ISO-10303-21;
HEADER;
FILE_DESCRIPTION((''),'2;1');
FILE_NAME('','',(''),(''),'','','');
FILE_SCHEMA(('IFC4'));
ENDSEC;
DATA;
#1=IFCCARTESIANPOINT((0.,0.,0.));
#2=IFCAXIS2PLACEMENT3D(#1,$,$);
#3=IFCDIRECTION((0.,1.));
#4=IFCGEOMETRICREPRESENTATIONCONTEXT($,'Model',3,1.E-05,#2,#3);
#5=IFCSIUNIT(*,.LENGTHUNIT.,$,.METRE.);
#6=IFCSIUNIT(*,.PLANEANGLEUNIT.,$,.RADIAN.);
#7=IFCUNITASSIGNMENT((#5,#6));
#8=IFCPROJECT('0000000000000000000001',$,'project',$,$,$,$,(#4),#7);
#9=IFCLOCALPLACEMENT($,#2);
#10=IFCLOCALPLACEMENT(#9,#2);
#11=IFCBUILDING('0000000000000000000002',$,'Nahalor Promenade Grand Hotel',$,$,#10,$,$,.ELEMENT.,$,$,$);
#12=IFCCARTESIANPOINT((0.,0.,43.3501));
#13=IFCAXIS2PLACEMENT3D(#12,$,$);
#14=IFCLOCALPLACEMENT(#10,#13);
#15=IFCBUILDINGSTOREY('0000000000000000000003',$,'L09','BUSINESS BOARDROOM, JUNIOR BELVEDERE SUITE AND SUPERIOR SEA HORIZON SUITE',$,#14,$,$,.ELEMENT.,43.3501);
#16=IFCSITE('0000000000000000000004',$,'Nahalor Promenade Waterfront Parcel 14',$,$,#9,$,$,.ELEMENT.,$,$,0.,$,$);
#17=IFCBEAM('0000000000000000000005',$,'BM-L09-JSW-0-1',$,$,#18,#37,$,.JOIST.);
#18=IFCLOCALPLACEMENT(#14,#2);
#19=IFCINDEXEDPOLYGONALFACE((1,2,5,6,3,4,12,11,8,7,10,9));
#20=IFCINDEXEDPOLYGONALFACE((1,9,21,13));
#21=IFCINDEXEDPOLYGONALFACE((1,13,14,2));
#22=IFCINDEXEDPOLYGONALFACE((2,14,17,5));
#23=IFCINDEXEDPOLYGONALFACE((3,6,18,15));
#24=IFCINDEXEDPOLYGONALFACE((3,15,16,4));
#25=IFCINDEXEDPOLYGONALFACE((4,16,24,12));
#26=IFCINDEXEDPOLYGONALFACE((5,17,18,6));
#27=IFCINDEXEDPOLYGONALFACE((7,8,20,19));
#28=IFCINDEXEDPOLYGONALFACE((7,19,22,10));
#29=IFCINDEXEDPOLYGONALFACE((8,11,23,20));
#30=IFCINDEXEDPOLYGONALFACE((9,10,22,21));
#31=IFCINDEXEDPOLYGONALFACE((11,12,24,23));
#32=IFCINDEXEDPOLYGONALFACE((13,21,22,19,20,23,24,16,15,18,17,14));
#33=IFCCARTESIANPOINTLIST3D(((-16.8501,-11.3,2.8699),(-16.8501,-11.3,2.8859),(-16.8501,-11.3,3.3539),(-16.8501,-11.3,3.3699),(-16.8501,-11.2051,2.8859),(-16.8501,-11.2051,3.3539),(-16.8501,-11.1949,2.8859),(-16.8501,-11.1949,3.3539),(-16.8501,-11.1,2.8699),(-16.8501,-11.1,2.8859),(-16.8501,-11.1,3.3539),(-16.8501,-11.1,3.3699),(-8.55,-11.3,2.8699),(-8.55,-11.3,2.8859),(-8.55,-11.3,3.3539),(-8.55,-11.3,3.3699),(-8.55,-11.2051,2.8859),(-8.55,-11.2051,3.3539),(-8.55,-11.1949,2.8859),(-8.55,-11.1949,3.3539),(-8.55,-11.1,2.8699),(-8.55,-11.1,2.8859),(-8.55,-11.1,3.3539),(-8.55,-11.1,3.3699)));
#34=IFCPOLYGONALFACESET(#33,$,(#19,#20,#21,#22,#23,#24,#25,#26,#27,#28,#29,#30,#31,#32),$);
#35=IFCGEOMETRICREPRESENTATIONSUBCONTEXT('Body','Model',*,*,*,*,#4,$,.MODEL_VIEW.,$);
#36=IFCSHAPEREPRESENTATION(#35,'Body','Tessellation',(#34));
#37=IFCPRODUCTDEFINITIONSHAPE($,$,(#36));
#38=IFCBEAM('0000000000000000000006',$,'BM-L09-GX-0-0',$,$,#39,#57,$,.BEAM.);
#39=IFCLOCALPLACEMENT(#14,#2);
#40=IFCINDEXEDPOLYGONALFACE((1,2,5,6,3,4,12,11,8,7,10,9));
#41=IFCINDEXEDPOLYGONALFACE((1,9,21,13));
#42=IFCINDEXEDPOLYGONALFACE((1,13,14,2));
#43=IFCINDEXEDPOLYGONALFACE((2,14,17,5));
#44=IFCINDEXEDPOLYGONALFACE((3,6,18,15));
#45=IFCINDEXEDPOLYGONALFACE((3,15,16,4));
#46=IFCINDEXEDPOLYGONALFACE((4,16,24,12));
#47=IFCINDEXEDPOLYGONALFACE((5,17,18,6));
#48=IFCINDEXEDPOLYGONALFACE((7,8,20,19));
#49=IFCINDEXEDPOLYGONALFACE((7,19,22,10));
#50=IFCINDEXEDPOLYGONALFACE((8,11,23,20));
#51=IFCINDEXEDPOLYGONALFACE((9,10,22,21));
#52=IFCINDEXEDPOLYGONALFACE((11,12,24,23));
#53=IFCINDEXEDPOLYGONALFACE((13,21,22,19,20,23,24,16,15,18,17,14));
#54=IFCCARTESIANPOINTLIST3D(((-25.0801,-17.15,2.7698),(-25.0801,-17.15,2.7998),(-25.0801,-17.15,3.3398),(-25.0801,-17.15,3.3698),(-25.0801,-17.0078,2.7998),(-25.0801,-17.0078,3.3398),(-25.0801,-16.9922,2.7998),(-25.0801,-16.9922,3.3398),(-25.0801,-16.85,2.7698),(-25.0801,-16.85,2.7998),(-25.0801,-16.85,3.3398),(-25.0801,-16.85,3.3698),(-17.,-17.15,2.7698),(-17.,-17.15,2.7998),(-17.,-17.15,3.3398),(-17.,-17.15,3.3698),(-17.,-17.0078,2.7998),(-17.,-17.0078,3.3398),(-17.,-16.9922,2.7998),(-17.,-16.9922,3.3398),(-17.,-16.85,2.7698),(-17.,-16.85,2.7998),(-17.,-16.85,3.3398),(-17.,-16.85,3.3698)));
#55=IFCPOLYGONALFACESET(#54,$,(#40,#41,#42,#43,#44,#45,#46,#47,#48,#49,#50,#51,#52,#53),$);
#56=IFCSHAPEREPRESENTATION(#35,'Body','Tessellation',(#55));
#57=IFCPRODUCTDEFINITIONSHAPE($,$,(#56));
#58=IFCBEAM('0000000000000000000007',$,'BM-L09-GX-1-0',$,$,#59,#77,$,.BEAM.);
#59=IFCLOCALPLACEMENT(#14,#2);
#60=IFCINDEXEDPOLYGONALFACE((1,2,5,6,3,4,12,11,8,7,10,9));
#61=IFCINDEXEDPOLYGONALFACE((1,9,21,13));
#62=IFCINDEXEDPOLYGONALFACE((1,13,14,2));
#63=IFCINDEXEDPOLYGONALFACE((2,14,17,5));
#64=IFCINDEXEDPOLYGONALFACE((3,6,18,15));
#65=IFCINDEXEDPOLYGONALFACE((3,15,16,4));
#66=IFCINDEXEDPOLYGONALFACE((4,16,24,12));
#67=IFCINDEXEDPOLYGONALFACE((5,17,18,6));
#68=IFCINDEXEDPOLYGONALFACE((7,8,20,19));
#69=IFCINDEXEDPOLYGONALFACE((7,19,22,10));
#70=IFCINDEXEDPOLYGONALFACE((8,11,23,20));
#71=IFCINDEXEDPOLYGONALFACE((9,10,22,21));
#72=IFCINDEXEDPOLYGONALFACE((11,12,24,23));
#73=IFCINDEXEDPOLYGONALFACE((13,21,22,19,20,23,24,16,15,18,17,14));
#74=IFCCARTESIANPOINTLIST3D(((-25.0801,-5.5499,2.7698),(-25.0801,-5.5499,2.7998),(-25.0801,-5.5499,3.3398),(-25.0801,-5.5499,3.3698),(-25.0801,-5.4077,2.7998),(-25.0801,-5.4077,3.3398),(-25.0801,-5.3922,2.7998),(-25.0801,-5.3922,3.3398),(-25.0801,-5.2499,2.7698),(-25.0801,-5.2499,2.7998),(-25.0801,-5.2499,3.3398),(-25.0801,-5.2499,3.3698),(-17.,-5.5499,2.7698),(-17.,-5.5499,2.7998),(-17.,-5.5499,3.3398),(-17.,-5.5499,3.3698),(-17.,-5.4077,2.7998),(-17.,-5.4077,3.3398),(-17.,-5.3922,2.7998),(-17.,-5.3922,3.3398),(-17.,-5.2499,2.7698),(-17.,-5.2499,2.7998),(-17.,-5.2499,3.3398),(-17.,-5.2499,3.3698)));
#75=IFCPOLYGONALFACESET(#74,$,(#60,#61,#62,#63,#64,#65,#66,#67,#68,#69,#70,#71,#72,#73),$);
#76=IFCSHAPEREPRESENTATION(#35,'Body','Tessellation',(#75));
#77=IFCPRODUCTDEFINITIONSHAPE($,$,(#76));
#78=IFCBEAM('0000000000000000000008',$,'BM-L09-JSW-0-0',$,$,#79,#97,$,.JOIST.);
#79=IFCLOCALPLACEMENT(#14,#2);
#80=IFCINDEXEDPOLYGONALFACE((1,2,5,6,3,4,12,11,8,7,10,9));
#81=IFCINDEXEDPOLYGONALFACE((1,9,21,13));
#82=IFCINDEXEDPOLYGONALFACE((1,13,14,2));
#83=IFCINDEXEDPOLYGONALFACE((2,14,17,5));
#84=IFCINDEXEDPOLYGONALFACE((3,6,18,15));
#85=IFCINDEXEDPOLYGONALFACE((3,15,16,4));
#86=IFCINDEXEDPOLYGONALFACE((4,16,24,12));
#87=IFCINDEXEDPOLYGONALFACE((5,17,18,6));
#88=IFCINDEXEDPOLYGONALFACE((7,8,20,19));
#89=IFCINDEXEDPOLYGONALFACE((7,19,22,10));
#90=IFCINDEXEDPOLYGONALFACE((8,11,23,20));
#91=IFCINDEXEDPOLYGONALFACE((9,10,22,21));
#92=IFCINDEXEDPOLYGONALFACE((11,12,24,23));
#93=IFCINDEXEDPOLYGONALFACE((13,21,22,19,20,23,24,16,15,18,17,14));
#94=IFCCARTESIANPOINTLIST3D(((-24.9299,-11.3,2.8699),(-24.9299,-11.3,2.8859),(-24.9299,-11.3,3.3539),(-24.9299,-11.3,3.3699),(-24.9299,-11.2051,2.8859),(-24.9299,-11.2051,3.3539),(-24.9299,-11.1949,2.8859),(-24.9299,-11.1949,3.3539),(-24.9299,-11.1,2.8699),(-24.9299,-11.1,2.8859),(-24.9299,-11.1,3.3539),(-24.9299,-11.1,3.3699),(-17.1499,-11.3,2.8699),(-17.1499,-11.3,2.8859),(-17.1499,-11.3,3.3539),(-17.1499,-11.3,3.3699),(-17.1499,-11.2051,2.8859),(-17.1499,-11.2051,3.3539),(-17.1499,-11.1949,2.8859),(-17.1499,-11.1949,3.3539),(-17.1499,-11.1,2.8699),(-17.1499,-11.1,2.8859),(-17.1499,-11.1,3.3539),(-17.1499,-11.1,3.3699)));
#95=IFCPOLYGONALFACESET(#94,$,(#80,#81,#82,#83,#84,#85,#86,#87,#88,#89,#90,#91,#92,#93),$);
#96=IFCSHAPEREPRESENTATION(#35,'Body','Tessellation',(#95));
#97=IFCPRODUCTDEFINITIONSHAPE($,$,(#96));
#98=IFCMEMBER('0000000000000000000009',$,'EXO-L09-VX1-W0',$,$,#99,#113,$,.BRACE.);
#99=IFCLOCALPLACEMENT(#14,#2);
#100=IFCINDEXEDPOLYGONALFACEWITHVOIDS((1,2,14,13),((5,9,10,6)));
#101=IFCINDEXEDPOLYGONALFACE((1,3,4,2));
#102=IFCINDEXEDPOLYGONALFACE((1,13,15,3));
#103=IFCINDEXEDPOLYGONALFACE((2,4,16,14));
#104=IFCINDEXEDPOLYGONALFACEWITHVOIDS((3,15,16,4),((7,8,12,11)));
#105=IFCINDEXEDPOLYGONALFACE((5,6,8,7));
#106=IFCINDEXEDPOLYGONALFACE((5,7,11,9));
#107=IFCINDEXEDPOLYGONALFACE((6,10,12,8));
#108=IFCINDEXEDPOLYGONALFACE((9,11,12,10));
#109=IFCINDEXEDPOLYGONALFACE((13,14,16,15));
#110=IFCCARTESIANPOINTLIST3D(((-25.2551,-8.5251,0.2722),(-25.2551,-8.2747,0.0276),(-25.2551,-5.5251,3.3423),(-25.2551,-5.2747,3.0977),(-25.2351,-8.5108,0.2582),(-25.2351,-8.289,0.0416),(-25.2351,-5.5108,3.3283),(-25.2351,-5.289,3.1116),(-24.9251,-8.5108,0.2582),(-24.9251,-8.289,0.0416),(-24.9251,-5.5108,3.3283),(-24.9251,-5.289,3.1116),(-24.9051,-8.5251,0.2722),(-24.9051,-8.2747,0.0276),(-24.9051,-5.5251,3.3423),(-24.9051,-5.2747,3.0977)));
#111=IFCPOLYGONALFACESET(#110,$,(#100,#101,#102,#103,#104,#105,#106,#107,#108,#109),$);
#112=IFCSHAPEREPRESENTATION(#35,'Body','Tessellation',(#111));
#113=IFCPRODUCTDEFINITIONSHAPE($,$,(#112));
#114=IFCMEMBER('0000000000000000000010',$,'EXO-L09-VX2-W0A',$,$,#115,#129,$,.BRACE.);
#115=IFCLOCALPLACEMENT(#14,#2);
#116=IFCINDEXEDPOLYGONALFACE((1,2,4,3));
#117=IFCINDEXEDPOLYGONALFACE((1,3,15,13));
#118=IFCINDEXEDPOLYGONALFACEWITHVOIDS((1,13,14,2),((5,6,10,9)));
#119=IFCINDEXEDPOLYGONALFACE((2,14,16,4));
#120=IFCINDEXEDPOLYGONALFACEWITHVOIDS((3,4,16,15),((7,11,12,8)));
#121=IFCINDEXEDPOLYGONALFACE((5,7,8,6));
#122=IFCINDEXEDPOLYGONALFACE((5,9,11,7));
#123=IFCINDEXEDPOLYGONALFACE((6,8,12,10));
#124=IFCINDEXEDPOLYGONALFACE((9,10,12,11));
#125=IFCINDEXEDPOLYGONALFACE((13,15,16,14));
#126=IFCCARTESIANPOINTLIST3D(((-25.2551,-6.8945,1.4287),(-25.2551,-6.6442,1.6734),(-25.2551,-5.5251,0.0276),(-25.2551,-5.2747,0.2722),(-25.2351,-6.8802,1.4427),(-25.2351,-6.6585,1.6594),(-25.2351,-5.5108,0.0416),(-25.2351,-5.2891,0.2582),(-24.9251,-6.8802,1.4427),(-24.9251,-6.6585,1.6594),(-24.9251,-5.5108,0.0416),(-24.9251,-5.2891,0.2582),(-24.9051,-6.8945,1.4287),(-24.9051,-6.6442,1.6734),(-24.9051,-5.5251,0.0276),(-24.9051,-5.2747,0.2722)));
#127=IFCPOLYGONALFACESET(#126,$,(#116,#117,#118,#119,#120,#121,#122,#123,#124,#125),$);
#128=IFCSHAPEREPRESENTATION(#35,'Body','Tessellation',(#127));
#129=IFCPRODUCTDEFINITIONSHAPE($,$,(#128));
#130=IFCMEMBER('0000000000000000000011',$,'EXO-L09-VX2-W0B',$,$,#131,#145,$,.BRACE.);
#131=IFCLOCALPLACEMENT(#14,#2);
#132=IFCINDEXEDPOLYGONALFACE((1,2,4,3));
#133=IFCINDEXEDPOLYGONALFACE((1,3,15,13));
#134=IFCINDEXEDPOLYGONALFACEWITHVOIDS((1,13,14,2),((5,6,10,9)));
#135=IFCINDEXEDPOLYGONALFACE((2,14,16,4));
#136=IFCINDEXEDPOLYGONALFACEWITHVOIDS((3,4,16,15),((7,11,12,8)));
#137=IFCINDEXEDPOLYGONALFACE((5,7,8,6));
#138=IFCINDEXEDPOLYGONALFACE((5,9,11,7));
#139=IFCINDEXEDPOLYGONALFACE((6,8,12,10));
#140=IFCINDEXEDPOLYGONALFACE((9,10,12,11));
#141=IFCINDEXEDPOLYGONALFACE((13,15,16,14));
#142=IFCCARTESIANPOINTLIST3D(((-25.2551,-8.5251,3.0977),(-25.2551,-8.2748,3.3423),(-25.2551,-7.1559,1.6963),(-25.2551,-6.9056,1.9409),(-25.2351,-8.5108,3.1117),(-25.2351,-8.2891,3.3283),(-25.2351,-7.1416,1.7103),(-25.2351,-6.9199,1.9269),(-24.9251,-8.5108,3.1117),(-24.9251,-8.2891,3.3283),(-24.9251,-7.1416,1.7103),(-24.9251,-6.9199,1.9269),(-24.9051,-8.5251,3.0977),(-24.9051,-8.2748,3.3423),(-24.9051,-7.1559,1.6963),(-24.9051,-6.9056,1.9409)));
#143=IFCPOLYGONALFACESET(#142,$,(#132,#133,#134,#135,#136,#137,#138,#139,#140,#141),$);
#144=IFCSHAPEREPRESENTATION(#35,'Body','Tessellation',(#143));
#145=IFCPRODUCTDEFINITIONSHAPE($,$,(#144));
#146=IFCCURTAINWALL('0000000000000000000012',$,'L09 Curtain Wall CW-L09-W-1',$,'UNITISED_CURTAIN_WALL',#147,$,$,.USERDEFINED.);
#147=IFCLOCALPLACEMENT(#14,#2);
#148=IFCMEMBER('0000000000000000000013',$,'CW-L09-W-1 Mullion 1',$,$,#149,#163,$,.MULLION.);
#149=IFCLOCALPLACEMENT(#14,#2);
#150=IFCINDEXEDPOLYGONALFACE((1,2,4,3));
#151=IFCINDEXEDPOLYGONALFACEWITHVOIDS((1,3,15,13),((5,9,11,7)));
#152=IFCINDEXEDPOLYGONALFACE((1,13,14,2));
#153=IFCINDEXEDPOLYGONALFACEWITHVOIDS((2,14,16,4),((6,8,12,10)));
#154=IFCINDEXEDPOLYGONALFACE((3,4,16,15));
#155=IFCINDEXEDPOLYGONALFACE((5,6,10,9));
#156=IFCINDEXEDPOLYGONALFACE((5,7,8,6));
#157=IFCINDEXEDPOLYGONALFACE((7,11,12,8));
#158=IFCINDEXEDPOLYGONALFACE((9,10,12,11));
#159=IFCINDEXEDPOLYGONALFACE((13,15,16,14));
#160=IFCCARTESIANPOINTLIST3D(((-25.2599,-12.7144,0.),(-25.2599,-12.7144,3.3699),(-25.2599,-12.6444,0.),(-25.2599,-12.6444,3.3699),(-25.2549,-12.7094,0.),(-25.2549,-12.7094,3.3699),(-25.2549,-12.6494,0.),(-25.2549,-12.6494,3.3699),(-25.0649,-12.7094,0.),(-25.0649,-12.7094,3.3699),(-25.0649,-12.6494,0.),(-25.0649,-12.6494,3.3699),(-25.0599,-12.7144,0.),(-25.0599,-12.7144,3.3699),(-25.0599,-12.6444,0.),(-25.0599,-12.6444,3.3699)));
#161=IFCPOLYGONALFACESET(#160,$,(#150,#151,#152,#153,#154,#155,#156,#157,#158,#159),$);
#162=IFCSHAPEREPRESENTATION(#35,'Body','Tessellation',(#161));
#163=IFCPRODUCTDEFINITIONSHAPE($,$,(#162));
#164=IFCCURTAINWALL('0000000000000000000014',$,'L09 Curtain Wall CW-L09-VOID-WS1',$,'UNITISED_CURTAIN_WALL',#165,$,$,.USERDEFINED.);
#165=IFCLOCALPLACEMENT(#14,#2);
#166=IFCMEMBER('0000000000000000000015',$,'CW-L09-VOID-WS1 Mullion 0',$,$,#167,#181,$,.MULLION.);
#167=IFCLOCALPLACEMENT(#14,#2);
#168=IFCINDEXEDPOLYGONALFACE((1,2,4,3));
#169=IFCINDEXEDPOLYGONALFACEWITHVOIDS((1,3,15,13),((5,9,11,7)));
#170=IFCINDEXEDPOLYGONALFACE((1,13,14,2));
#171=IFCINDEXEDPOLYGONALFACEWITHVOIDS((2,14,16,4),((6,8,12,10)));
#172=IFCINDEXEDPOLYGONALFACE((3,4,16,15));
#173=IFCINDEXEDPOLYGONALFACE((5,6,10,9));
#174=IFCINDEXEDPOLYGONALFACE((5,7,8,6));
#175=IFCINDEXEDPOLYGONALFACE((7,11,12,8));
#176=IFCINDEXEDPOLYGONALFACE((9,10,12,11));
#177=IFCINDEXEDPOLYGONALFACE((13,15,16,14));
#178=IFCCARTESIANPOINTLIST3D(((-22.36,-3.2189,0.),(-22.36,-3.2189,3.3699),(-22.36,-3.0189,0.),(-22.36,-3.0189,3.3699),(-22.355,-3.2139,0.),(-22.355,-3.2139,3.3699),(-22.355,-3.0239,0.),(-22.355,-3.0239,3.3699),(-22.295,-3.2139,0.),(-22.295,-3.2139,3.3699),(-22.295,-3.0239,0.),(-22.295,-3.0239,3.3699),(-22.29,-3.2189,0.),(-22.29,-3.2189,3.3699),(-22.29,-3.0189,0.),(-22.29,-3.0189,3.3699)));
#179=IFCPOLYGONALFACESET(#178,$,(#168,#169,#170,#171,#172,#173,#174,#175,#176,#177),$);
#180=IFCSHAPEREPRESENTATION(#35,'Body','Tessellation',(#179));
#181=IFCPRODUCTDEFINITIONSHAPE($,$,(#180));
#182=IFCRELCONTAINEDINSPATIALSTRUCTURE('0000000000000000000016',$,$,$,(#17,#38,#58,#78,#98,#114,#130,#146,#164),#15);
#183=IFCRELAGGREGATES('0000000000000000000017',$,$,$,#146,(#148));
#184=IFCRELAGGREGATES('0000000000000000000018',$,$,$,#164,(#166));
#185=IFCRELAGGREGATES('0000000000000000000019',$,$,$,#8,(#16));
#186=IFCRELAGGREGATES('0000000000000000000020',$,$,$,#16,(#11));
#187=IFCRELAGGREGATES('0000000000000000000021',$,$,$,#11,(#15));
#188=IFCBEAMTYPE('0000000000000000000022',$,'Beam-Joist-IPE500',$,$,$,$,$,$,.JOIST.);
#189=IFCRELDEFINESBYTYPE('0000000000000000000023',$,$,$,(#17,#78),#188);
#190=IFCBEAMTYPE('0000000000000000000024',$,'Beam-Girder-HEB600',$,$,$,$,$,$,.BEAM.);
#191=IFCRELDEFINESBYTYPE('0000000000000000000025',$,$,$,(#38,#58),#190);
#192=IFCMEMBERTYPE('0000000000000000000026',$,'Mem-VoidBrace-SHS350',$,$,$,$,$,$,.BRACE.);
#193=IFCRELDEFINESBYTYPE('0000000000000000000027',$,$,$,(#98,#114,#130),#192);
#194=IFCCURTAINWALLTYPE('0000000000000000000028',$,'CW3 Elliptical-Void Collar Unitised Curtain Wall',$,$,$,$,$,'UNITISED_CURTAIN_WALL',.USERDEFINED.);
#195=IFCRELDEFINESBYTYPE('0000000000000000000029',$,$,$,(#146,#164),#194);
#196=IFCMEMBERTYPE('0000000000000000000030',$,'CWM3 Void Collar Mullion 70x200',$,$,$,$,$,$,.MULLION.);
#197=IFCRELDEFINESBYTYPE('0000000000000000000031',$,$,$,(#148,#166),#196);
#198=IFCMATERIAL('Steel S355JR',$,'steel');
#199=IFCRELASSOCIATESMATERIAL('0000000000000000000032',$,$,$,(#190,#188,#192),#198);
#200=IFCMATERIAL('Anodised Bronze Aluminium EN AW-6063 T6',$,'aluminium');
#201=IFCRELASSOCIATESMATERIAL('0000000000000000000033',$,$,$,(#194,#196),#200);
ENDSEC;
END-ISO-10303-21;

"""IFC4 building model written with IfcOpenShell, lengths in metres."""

from ifc_helpers import new_model, si_unit, direction, frame, origin, origin_2d, place, context, subcontext, project, spatial, hollow_rectangle, i_section, extrude, source, transform, mapped, material, material_profile, profile_set, type_object, element, aggregate, save


model = new_model("IFC4")

# Units and contexts
model_context = context("Model", 3, precision=1e-05, world=origin(), true_north=direction((0.0, 1.0)))
body_context = subcontext(model_context, "Body", "Model", "MODEL_VIEW")
ifc_project = project(units=[si_unit("LENGTHUNIT", "METRE"), si_unit("PLANEANGLEUNIT", "RADIAN")], contexts=[model_context])

# Site, building, storey
site_placement = place(None, origin())
site = spatial("IfcSite", under=ifc_project, at=site_placement, Name="Nahalor Promenade Waterfront Parcel 14", CompositionType="ELEMENT", RefElevation=0.0)
building_placement = place(site_placement, origin())
building = spatial("IfcBuilding", under=site, at=building_placement, Name="Nahalor Promenade Grand Hotel", CompositionType="ELEMENT")
storey_placement = place(building_placement, frame((0.0, 0.0, 43.3501)))
storey = spatial("IfcBuildingStorey", under=building, at=storey_placement, Name="L09", Description="BUSINESS BOARDROOM, JUNIOR BELVEDERE SUITE AND SUPERIOR SEA HORIZON SUITE", CompositionType="ELEMENT", Elevation=43.3501)

# Beams
ifc_material_1 = material(Name="Steel S355JR", Category="steel")
ifc_material_profile_1 = material_profile(ifc_material_1, i_section(OverallWidth=0.3, OverallDepth=0.6, WebThickness=0.0155, FlangeThickness=0.03, at=origin_2d()), Name="HEB 600")
ifc_profile_set_1 = profile_set([ifc_material_profile_1], Name="Steel S355JR")
beam_type_1 = type_object("IfcBeamType", Name="Beam-Girder-HEB600", PredefinedType="BEAM", material=ifc_profile_set_1)
ifc_material_profile_2 = material_profile(ifc_material_1, i_section(OverallWidth=0.2, OverallDepth=0.5, WebThickness=0.0102, FlangeThickness=0.016, at=origin_2d()), Name="IPE 500")
ifc_profile_set_2 = profile_set([ifc_material_profile_2], Name="Steel S355JR")
beam_type_2 = type_object("IfcBeamType", Name="Beam-Joist-IPE500", PredefinedType="JOIST", material=ifc_profile_set_2)
shared_shape_1 = source(origin(), body_context, "Body", "SweptSolid", [
    extrude(i_section(OverallWidth=0.2, OverallDepth=0.5, WebThickness=0.0102, FlangeThickness=0.016, at=origin_2d()), origin(), (0.0, 0.0, 1.0), 8.3),
])
beam_1_placement = place(storey_placement, frame((-16.8501, -11.2, 3.1199), z_axis=(1.0, 0.0, 0.0), x_axis=(0.0, 1.0, 0.0)))
element("IfcBeam", 1, at=beam_1_placement, inside=storey, type_object=beam_type_2, Name="BM-L09-JSW-0-1", PredefinedType="JOIST", context=body_context, shape_type="MappedRepresentation", body=[
    mapped(shared_shape_1, transform((0.0, 0.0, 0.0), scale=1.0)),
])
shared_shape_2 = source(origin(), body_context, "Body", "SweptSolid", [
    extrude(i_section(OverallWidth=0.3, OverallDepth=0.6, WebThickness=0.0155, FlangeThickness=0.03, at=origin_2d()), origin(), (0.0, 0.0, 1.0), 8.0801),
])
for number, where, z_axis, x_axis, name in (
    (2, (-25.0801, -17.0, 3.0698), (1.0, 0.0, 0.0), (0.0, 1.0, 0.0), "BM-L09-GX-0-0"),
    (3, (-25.0801, -5.3999, 3.0698), (1.0, 0.0, 0.0), (0.0, 1.0, 0.0), "BM-L09-GX-1-0"),
):
    element("IfcBeam", number, at=place(storey_placement, frame(where, z_axis=z_axis, x_axis=x_axis)), inside=storey, type_object=beam_type_1, Name=name, PredefinedType="BEAM", context=body_context, shape_type="MappedRepresentation", body=[
        mapped(shared_shape_2, transform((0.0, 0.0, 0.0), scale=1.0)),
    ])
shared_shape_3 = source(origin(), body_context, "Body", "SweptSolid", [
    extrude(i_section(OverallWidth=0.2, OverallDepth=0.5, WebThickness=0.0102, FlangeThickness=0.016, at=origin_2d()), origin(), (0.0, 0.0, 1.0), 7.78),
])
beam_2_placement = place(storey_placement, frame((-24.9299, -11.2, 3.1199), z_axis=(1.0, 0.0, 0.0), x_axis=(0.0, 1.0, 0.0)))
element("IfcBeam", 4, at=beam_2_placement, inside=storey, type_object=beam_type_2, Name="BM-L09-JSW-0-0", PredefinedType="JOIST", context=body_context, shape_type="MappedRepresentation", body=[
    mapped(shared_shape_3, transform((0.0, 0.0, 0.0), scale=1.0)),
])

# Members
ifc_material_profile_3 = material_profile(ifc_material_1, hollow_rectangle(XDim=0.35, YDim=0.35, WallThickness=0.02, at=origin_2d()), Name="SHS 350x350x20")
ifc_profile_set_3 = profile_set([ifc_material_profile_3], Name="Steel S355JR")
member_type_1 = type_object("IfcMemberType", Name="Mem-VoidBrace-SHS350", PredefinedType="BRACE", material=ifc_profile_set_3)
shared_shape_4 = source(origin(), body_context, "Body", "SweptSolid", [
    extrude(hollow_rectangle(XDim=0.35, YDim=0.35, WallThickness=0.02, at=origin_2d()), origin(), (0.0, 0.0, 1.0), 4.2925),
])
member_1_placement = place(storey_placement, frame((-25.0801, -8.3999, 0.1499), z_axis=(0.0, 0.698898, 0.715221), x_axis=(-1.0, 0.0, 0.0)))
element("IfcMember", 5, at=member_1_placement, inside=storey, type_object=member_type_1, Name="EXO-L09-VX1-W0", PredefinedType="BRACE", context=body_context, shape_type="MappedRepresentation", body=[
    mapped(shared_shape_4, transform((0.0, 0.0, 0.0), scale=1.0)),
])
shared_shape_5 = source(origin(), body_context, "Body", "SweptSolid", [
    extrude(hollow_rectangle(XDim=0.35, YDim=0.35, WallThickness=0.02, at=origin_2d()), origin(), (0.0, 0.0, 1.0), 1.9592),
])
for number, where, z_axis, x_axis, name in (
    (6, (-25.0801, -5.3999, 0.1499), (0.0, -0.69896, 0.71516), (1.0, 0.0, 0.0), "EXO-L09-VX2-W0A"),
    (7, (-25.0801, -7.0308, 1.8186), (0.0, -0.698834, 0.715283), (1.0, 0.0, 0.0), "EXO-L09-VX2-W0B"),
):
    element("IfcMember", number, at=place(storey_placement, frame(where, z_axis=z_axis, x_axis=x_axis)), inside=storey, type_object=member_type_1, Name=name, PredefinedType="BRACE", context=body_context, shape_type="MappedRepresentation", body=[
        mapped(shared_shape_5, transform((0.0, 0.0, 0.0), scale=1.0)),
    ])

# Curtain wall, member
ifc_material_2 = material(Name="Anodised Bronze Aluminium EN AW-6063 T6", Category="aluminium")
curtain_wall_type = type_object("IfcCurtainWallType", Name="CW3 Elliptical-Void Collar Unitised Curtain Wall", ElementType="UNITISED_CURTAIN_WALL", PredefinedType="USERDEFINED", material=ifc_material_2)
curtain_wall_1_placement = place(storey_placement, origin())
curtain_wall_1 = element("IfcCurtainWall", 8, at=curtain_wall_1_placement, inside=storey, type_object=curtain_wall_type, Name="L09 Curtain Wall CW-L09-W-1", ObjectType="UNITISED_CURTAIN_WALL", PredefinedType="USERDEFINED")
ifc_material_profile_4 = material_profile(ifc_material_2, hollow_rectangle(XDim=0.07, YDim=0.2, WallThickness=0.005, at=origin_2d()), Name="CWM 70x200x5")
ifc_profile_set_4 = profile_set([ifc_material_profile_4], Name="Anodised Bronze Aluminium EN AW-6063 T6")
member_type_2 = type_object("IfcMemberType", Name="CWM3 Void Collar Mullion 70x200", PredefinedType="MULLION", material=ifc_profile_set_4)
shared_shape_6 = source(origin(), body_context, "Body", "SweptSolid", [
    extrude(hollow_rectangle(XDim=0.07, YDim=0.2, WallThickness=0.005, at=origin_2d()), origin(), (0.0, 0.0, 1.0), 3.3699),
])
member_2_placement = place(storey_placement, frame((-25.1599, -12.6794, 0.0), z_axis=(0.0, 0.0, 1.0), x_axis=(0.0, 1.0, 0.0)))
member_2 = element("IfcMember", 9, at=member_2_placement, type_object=member_type_2, Name="CW-L09-W-1 Mullion 1", PredefinedType="MULLION", context=body_context, shape_type="MappedRepresentation", body=[
    mapped(shared_shape_6, transform((0.0, 0.0, 0.0), scale=1.0)),
])

# Curtain wall, member
curtain_wall_2_placement = place(storey_placement, origin())
curtain_wall_2 = element("IfcCurtainWall", 10, at=curtain_wall_2_placement, inside=storey, type_object=curtain_wall_type, Name="L09 Curtain Wall CW-L09-VOID-WS1", ObjectType="UNITISED_CURTAIN_WALL", PredefinedType="USERDEFINED")
member_3_placement = place(storey_placement, frame((-22.325, -3.1189, 0.0), z_axis=(0.0, 0.0, 1.0), x_axis=(1.0, 0.0, 0.0)))
member_3 = element("IfcMember", 11, at=member_3_placement, type_object=member_type_2, Name="CW-L09-VOID-WS1 Mullion 0", PredefinedType="MULLION", context=body_context, shape_type="MappedRepresentation", body=[
    mapped(shared_shape_6, transform((0.0, 0.0, 0.0), scale=1.0)),
])

aggregate(curtain_wall_1, [member_2])
aggregate(curtain_wall_2, [member_3])

save(model, "model.ifc")
